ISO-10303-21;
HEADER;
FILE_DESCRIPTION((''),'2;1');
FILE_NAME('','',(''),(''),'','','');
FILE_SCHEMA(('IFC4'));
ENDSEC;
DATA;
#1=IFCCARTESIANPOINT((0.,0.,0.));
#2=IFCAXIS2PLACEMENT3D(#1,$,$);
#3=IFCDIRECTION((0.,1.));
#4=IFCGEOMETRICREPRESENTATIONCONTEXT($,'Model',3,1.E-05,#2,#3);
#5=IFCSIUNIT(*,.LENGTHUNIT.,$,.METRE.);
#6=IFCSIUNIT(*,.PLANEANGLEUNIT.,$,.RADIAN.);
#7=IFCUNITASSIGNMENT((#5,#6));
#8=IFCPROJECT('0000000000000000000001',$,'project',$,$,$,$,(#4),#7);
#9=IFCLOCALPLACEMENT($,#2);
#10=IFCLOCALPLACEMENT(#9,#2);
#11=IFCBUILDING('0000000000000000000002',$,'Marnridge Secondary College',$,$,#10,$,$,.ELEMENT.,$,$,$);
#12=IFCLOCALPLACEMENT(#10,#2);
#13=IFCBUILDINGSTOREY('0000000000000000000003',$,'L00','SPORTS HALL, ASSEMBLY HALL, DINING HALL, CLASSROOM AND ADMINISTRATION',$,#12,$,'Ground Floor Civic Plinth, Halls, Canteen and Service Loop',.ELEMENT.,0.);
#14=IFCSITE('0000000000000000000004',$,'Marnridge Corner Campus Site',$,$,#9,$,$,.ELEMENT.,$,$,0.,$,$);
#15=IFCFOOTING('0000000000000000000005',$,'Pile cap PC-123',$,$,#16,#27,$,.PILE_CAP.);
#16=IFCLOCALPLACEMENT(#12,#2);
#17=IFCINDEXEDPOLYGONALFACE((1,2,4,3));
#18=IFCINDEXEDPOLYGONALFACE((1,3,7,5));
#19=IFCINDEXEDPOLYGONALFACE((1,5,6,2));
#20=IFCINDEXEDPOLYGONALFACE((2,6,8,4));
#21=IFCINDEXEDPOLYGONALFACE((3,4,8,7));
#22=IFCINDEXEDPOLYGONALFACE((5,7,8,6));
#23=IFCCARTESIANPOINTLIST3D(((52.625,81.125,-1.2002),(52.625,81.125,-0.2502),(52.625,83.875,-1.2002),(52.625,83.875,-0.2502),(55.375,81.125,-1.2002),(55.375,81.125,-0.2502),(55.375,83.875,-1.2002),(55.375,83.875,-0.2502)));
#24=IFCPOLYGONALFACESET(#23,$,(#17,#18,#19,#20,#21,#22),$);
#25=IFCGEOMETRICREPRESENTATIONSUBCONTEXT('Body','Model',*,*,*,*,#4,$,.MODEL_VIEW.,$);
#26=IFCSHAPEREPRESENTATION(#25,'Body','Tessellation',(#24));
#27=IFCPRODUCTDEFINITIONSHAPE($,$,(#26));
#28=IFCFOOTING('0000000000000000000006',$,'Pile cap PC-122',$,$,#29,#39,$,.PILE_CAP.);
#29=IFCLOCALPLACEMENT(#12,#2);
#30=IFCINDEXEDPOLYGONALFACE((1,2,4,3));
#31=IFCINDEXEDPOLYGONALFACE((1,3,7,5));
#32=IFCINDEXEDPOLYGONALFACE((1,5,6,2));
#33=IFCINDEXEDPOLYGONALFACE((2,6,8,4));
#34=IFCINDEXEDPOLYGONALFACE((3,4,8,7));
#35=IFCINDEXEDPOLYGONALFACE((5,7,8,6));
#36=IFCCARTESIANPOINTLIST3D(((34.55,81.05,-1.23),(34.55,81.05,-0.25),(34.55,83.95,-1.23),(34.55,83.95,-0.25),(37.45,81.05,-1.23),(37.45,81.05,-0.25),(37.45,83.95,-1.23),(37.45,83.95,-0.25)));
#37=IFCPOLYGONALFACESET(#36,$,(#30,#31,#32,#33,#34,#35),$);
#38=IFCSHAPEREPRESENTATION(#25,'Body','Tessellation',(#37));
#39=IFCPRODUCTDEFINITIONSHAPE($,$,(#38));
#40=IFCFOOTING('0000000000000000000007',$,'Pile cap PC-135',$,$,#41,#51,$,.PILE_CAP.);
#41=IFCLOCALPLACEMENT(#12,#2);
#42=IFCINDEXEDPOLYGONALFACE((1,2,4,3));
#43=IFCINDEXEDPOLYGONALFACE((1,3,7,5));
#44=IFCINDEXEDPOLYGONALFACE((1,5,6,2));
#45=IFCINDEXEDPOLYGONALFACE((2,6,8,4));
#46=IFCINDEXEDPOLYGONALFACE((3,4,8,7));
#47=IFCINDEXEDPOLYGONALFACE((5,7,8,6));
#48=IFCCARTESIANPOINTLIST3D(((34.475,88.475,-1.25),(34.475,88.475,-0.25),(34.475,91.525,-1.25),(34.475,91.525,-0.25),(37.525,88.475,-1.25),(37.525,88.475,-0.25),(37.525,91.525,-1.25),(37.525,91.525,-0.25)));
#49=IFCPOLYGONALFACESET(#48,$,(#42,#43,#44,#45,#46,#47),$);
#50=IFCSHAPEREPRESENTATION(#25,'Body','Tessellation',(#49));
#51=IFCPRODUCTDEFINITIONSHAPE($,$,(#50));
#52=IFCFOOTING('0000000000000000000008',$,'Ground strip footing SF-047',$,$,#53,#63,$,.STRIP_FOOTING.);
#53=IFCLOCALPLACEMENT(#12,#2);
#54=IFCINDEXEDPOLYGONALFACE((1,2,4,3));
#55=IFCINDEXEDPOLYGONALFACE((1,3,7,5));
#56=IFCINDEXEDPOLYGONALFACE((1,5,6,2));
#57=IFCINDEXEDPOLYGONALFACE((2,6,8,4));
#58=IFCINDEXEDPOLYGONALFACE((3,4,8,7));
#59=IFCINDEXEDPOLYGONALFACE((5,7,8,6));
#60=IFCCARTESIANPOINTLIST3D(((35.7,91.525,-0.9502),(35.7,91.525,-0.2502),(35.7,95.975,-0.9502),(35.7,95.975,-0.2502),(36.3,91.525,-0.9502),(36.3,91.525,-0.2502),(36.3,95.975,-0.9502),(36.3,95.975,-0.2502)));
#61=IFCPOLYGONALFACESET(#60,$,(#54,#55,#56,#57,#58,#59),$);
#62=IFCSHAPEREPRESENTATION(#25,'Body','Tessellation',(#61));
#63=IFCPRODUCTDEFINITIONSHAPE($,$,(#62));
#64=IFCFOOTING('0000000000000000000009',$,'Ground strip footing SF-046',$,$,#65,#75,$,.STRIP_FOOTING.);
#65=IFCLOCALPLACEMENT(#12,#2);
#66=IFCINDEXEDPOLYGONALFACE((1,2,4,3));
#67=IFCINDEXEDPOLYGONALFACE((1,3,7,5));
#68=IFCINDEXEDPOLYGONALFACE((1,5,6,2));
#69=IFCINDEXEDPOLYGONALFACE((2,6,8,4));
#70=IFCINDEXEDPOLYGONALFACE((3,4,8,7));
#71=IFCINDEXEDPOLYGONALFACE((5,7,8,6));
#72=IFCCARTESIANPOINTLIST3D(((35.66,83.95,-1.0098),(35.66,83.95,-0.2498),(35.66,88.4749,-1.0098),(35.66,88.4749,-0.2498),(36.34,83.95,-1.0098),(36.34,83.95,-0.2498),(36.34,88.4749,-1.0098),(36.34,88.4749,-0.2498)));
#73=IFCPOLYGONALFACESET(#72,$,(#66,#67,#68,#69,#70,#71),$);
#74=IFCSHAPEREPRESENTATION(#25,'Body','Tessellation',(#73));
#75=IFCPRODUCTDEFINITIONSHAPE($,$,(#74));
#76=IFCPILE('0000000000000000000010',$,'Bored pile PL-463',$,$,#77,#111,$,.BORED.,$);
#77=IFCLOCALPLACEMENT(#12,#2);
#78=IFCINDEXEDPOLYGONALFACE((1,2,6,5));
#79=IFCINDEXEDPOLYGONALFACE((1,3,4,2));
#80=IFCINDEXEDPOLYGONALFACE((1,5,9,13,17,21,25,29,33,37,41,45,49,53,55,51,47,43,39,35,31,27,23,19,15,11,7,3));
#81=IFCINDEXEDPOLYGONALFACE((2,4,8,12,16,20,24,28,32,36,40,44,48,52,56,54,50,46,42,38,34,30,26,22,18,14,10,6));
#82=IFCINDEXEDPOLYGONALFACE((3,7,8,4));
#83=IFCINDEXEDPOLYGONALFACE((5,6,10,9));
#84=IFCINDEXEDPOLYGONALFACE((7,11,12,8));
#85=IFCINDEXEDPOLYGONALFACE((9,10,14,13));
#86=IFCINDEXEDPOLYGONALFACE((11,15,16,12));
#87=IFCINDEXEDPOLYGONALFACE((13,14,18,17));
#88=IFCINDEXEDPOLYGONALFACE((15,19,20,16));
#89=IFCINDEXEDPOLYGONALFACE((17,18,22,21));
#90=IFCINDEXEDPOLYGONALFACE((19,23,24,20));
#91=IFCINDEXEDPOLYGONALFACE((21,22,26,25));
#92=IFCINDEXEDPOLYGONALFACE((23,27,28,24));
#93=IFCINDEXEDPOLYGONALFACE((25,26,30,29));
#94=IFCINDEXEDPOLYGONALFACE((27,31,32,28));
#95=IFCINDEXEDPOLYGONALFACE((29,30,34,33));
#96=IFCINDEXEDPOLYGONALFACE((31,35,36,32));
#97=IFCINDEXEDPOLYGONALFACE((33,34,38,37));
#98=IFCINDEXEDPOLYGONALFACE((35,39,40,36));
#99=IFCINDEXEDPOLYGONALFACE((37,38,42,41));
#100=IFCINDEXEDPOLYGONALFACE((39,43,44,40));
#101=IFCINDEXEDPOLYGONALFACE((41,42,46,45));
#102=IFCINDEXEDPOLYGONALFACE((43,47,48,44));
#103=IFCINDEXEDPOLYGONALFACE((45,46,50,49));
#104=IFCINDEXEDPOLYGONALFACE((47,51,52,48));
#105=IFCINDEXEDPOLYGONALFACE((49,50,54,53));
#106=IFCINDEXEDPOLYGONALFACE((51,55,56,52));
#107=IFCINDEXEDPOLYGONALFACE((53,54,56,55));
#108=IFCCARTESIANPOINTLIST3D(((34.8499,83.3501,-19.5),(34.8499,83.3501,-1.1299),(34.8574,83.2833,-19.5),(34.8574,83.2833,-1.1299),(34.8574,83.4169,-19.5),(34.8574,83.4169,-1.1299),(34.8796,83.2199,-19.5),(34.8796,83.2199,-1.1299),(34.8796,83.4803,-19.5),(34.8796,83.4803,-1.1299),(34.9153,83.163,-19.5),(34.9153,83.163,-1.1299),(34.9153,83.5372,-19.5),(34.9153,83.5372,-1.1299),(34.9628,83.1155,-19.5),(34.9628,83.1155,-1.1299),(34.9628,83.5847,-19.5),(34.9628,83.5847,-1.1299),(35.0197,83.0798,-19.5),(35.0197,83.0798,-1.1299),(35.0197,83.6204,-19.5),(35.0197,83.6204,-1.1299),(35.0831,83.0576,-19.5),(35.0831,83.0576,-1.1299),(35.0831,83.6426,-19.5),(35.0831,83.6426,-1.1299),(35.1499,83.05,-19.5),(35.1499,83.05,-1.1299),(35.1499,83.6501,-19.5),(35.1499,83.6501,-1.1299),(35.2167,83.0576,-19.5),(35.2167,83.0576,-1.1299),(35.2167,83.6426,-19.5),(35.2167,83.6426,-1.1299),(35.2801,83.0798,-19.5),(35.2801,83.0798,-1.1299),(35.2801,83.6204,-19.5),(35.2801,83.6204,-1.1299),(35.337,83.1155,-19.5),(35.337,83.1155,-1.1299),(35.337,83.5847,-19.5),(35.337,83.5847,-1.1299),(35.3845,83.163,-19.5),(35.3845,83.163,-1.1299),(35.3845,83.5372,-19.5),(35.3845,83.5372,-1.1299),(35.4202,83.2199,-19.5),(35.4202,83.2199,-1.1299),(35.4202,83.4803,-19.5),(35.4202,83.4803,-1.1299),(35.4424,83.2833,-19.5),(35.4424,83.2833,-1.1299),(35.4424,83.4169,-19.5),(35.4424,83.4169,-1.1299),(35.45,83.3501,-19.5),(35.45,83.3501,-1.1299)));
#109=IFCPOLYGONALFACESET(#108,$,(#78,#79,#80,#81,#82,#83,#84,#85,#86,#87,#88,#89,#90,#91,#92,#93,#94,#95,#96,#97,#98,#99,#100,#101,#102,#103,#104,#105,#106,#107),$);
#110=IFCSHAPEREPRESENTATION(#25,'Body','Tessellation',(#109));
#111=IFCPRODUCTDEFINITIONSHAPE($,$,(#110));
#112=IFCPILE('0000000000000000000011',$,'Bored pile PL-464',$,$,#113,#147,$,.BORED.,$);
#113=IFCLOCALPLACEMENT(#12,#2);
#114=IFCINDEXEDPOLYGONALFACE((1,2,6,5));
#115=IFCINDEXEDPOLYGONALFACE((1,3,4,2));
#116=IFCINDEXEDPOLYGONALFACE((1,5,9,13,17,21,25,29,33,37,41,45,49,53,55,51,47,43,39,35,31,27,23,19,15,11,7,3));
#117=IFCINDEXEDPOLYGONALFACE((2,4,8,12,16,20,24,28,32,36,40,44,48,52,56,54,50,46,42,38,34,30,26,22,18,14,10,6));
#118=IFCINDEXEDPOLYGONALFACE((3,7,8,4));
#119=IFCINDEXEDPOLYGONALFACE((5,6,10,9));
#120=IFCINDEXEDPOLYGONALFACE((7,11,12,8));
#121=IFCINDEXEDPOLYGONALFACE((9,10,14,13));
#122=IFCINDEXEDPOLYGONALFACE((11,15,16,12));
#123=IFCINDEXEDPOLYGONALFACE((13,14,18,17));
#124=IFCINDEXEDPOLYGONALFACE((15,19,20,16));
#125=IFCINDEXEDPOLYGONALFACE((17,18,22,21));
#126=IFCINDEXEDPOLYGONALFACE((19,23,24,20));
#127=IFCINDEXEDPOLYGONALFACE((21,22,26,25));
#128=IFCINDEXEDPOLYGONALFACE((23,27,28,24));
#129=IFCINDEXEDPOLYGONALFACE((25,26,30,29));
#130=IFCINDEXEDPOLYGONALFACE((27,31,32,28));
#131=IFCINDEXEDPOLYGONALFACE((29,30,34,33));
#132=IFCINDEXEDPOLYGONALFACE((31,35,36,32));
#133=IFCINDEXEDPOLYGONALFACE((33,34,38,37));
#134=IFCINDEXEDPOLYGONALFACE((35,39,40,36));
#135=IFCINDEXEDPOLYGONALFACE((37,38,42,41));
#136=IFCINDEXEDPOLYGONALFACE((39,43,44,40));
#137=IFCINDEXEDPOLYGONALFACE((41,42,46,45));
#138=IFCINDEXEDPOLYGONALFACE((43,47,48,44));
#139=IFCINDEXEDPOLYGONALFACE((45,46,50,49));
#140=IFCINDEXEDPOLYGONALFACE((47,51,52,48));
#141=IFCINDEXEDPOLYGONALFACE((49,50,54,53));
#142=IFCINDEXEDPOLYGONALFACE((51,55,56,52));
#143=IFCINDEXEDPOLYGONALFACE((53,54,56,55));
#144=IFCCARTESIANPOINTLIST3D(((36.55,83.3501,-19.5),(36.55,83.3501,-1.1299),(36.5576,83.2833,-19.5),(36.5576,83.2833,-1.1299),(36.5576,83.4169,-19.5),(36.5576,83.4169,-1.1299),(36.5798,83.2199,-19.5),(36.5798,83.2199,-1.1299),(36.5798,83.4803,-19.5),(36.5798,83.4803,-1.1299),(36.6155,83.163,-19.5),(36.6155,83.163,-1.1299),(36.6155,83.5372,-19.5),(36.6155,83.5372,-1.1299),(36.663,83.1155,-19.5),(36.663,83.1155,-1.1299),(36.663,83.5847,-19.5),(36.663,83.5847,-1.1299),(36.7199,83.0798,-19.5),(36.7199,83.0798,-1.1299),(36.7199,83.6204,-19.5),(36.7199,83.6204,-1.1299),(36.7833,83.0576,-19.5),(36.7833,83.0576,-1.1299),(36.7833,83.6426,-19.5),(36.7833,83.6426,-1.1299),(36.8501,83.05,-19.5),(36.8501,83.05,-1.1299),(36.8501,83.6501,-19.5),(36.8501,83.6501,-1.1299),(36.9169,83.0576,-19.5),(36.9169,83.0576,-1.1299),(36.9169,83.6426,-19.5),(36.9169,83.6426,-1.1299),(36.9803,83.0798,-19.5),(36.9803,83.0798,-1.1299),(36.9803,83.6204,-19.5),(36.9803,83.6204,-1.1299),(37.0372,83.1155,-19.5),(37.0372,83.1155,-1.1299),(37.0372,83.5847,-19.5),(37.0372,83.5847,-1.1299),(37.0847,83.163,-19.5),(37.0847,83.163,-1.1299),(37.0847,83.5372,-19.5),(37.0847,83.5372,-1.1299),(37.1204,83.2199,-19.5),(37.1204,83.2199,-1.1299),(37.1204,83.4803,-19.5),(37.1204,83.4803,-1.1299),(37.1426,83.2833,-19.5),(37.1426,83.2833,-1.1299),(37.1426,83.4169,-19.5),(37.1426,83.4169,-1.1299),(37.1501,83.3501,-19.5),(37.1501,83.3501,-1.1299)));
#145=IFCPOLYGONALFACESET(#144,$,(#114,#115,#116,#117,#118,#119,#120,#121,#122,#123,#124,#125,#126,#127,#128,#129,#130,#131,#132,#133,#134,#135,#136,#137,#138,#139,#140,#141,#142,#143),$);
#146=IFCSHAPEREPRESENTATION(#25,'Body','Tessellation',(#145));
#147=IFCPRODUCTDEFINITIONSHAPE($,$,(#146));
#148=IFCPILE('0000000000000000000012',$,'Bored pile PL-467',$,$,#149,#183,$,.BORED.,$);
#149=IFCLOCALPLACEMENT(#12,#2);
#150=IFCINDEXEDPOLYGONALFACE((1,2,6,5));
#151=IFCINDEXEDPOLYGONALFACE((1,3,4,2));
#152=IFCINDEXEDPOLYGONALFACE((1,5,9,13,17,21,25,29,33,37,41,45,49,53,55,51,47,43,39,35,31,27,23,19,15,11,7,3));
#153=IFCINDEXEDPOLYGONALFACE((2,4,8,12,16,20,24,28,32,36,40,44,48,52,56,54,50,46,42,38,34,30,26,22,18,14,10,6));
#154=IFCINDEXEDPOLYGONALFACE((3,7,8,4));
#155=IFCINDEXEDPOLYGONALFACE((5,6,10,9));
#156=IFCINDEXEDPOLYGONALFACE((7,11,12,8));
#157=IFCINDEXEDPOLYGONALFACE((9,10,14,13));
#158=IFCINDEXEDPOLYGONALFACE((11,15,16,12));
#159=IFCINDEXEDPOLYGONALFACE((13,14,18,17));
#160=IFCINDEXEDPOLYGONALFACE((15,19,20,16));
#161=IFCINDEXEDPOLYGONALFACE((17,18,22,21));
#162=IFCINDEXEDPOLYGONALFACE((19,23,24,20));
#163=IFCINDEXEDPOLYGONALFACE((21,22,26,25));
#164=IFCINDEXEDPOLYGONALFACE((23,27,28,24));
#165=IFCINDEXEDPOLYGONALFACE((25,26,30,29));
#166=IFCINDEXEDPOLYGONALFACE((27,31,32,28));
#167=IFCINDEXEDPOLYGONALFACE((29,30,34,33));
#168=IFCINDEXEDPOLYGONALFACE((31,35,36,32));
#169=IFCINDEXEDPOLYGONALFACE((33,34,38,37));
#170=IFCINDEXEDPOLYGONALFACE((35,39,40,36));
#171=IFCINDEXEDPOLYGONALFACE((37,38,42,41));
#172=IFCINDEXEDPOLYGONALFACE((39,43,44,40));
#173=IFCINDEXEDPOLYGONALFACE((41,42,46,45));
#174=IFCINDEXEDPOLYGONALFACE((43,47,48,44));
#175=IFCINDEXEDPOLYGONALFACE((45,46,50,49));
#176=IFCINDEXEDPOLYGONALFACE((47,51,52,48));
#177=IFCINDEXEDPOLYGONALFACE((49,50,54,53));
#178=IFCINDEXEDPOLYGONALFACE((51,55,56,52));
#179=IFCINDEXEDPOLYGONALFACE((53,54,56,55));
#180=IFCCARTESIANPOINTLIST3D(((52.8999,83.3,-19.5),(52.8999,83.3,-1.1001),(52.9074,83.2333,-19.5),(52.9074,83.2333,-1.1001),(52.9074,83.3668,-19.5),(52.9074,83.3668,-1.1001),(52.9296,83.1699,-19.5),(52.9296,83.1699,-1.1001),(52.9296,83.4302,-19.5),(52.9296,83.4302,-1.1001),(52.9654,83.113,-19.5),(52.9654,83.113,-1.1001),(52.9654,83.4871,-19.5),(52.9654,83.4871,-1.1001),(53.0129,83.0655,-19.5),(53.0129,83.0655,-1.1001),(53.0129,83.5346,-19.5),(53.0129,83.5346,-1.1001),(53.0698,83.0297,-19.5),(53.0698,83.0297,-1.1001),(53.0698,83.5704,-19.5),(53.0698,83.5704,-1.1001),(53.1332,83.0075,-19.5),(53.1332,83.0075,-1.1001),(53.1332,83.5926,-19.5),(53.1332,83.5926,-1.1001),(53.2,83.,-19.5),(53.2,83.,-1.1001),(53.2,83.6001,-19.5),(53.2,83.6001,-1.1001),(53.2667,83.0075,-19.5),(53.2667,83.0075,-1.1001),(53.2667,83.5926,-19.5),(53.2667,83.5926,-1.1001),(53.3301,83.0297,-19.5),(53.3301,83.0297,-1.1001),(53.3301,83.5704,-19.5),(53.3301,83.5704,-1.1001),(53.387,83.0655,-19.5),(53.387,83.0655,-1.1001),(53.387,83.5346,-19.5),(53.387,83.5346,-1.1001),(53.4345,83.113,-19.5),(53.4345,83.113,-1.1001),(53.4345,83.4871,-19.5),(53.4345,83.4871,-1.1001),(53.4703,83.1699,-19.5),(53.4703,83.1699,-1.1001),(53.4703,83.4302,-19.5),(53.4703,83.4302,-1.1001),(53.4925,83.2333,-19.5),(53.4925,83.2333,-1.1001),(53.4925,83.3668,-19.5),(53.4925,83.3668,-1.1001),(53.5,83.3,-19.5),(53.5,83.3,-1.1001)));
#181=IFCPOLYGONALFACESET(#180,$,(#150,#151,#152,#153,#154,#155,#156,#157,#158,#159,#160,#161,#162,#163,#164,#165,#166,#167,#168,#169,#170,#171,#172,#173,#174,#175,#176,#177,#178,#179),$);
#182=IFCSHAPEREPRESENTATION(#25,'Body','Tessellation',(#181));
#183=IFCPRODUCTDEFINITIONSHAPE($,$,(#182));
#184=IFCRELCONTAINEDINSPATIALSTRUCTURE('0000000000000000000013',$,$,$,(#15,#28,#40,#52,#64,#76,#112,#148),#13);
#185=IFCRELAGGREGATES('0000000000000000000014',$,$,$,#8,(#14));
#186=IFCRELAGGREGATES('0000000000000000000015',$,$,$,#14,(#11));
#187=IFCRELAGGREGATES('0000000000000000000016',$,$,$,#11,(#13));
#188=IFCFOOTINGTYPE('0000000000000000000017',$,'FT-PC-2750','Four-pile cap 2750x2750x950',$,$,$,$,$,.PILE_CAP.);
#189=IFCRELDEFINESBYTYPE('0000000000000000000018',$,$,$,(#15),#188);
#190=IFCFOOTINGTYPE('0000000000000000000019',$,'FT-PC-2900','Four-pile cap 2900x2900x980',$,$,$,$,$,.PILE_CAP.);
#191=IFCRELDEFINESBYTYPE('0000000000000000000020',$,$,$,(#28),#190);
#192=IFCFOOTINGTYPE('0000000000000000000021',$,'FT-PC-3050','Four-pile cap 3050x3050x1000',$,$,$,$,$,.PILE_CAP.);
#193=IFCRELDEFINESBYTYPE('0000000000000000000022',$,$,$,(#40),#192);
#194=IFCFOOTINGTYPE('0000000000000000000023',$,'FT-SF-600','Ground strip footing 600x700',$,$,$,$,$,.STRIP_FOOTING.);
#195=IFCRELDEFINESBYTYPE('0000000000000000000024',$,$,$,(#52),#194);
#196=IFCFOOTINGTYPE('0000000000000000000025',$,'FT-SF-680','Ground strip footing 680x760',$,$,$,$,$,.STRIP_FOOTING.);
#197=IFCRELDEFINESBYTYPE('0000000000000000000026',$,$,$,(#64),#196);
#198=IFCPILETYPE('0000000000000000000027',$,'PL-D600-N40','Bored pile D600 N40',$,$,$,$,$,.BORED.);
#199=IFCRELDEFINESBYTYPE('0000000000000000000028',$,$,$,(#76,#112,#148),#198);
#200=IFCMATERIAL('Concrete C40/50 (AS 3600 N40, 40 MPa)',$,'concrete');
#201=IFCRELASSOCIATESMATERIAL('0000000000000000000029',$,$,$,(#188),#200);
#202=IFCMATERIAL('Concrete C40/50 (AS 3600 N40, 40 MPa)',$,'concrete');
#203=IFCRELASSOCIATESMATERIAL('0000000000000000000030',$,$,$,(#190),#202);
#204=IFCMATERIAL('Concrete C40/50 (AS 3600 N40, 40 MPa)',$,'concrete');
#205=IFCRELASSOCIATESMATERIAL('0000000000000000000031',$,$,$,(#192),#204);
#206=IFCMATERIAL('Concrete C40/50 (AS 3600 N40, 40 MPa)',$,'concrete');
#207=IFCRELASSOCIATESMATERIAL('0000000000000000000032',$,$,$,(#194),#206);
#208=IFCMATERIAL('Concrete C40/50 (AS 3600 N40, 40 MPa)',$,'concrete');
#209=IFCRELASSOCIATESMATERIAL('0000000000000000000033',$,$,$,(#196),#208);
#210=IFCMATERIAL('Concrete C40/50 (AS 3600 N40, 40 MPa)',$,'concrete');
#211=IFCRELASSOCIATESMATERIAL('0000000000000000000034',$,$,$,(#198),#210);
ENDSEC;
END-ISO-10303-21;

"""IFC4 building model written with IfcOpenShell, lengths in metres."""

from ifc_helpers import new_model, si_unit, direction, frame, origin, origin_2d, place, context, subcontext, project, spatial, rectangle, circle, extrude, material, material_profile, profile_set, type_object, element, save


model = new_model("IFC4")

# Units and contexts
model_context = context("Model", 3, precision=1e-05, world=origin(), true_north=direction((0.0, 1.0)))
body_context = subcontext(model_context, "Body", "Model", "MODEL_VIEW")
ifc_project = project(units=[si_unit("LENGTHUNIT", "METRE"), si_unit("PLANEANGLEUNIT", "RADIAN")], contexts=[model_context])

# Site, building, storey
site_placement = place(None, origin())
site = spatial("IfcSite", under=ifc_project, at=site_placement, Name="Marnridge Corner Campus Site", CompositionType="ELEMENT", RefElevation=0.0)
building_placement = place(site_placement, origin())
building = spatial("IfcBuilding", under=site, at=building_placement, Name="Marnridge Secondary College", CompositionType="ELEMENT")
storey_placement = place(building_placement, origin())
storey = spatial("IfcBuildingStorey", under=building, at=storey_placement, Name="L00", Description="SPORTS HALL, ASSEMBLY HALL, DINING HALL, CLASSROOM AND ADMINISTRATION", LongName="Ground Floor Civic Plinth, Halls, Canteen and Service Loop", CompositionType="ELEMENT", Elevation=0.0)

# Footings
ifc_material_1 = material(Name="Concrete C40/50 (AS 3600 N40, 40 MPa)", Category="concrete")
footing_type_1 = type_object("IfcFootingType", Name="FT-PC-2750", Description="Four-pile cap 2750x2750x950", PredefinedType="PILE_CAP", material=ifc_material_1)
footing_1_placement = place(storey_placement, frame((54.0, 82.5, -1.2002), z_axis=(0.0, 0.0, 1.0), x_axis=(1.0, 0.0, 0.0)))
element("IfcFooting", 1, at=footing_1_placement, inside=storey, type_object=footing_type_1, Name="Pile cap PC-123", PredefinedType="PILE_CAP", context=body_context, shape_type="SweptSolid", body=[
    extrude(rectangle(XDim=2.75, YDim=2.75, at=origin_2d()), origin(), (0.0, 0.0, 1.0), 0.95),
])
ifc_material_2 = material(Name="Concrete C40/50 (AS 3600 N40, 40 MPa)", Category="concrete")
footing_type_2 = type_object("IfcFootingType", Name="FT-PC-2900", Description="Four-pile cap 2900x2900x980", PredefinedType="PILE_CAP", material=ifc_material_2)
footing_2_placement = place(storey_placement, frame((36.0, 82.5, -1.23), z_axis=(0.0, 0.0, 1.0), x_axis=(1.0, 0.0, 0.0)))
element("IfcFooting", 2, at=footing_2_placement, inside=storey, type_object=footing_type_2, Name="Pile cap PC-122", PredefinedType="PILE_CAP", context=body_context, shape_type="SweptSolid", body=[
    extrude(rectangle(XDim=2.8999, YDim=2.8999, at=origin_2d()), origin(), (0.0, 0.0, 1.0), 0.98),
])
ifc_material_3 = material(Name="Concrete C40/50 (AS 3600 N40, 40 MPa)", Category="concrete")
footing_type_3 = type_object("IfcFootingType", Name="FT-PC-3050", Description="Four-pile cap 3050x3050x1000", PredefinedType="PILE_CAP", material=ifc_material_3)
footing_3_placement = place(storey_placement, frame((36.0, 90.0, -1.25), z_axis=(0.0, 0.0, 1.0), x_axis=(1.0, 0.0, 0.0)))
element("IfcFooting", 3, at=footing_3_placement, inside=storey, type_object=footing_type_3, Name="Pile cap PC-135", PredefinedType="PILE_CAP", context=body_context, shape_type="SweptSolid", body=[
    extrude(rectangle(XDim=3.05, YDim=3.05, at=origin_2d()), origin(), (0.0, 0.0, 1.0), 1.0),
])
ifc_material_4 = material(Name="Concrete C40/50 (AS 3600 N40, 40 MPa)", Category="concrete")
footing_type_4 = type_object("IfcFootingType", Name="FT-SF-600", Description="Ground strip footing 600x700", PredefinedType="STRIP_FOOTING", material=ifc_material_4)
footing_4_placement = place(storey_placement, frame((36.0, 93.75, -0.9502), z_axis=(0.0, 0.0, 1.0), x_axis=(1.0, 0.0, 0.0)))
element("IfcFooting", 4, at=footing_4_placement, inside=storey, type_object=footing_type_4, Name="Ground strip footing SF-047", PredefinedType="STRIP_FOOTING", context=body_context, shape_type="SweptSolid", body=[
    extrude(rectangle(XDim=0.6001, YDim=4.45, at=origin_2d()), origin(), (0.0, 0.0, 1.0), 0.7),
])
ifc_material_5 = material(Name="Concrete C40/50 (AS 3600 N40, 40 MPa)", Category="concrete")
footing_type_5 = type_object("IfcFootingType", Name="FT-SF-680", Description="Ground strip footing 680x760", PredefinedType="STRIP_FOOTING", material=ifc_material_5)
footing_5_placement = place(storey_placement, frame((36.0, 86.2124, -1.0098), z_axis=(0.0, 0.0, 1.0), x_axis=(1.0, 0.0, 0.0)))
element("IfcFooting", 5, at=footing_5_placement, inside=storey, type_object=footing_type_5, Name="Ground strip footing SF-046", PredefinedType="STRIP_FOOTING", context=body_context, shape_type="SweptSolid", body=[
    extrude(rectangle(XDim=0.6799, YDim=4.5249, at=origin_2d()), origin(), (0.0, 0.0, 1.0), 0.76),
])

# Piles
ifc_material_6 = material(Name="Concrete C40/50 (AS 3600 N40, 40 MPa)", Category="concrete")
ifc_material_profile_1 = material_profile(ifc_material_6, circle(Radius=0.3, at=origin_2d()), Name="PILE D600")
ifc_profile_set_1 = profile_set([ifc_material_profile_1], Name="Concrete C40/50 (AS 3600 N40, 40 MPa)")
pile_type_1 = type_object("IfcPileType", Name="PL-D600-N40", Description="Bored pile D600 N40", PredefinedType="BORED", material=ifc_profile_set_1)
for number, where, z_axis, x_axis, name in (
    (6, (35.1499, 83.3501, -1.1299), (0.0, 0.0, -1.0), (1.0, 0.0, 0.0), "Bored pile PL-463"),
    (7, (36.8501, 83.3501, -1.1299), (0.0, 0.0, -1.0), (1.0, 0.0, 0.0), "Bored pile PL-464"),
):
    element("IfcPile", number, at=place(storey_placement, frame(where, z_axis=z_axis, x_axis=x_axis)), inside=storey, type_object=pile_type_1, Name=name, PredefinedType="BORED", context=body_context, shape_type="SweptSolid", body=[
        extrude(circle(Radius=0.3, at=origin_2d()), origin(), (0.0, 0.0, 1.0), 18.3701),
    ])
pile_placement = place(storey_placement, frame((53.2, 83.3, -1.1001), z_axis=(0.0, 0.0, -1.0), x_axis=(1.0, 0.0, 0.0)))
element("IfcPile", 8, at=pile_placement, inside=storey, type_object=pile_type_1, Name="Bored pile PL-467", PredefinedType="BORED", context=body_context, shape_type="SweptSolid", body=[
    extrude(circle(Radius=0.3, at=origin_2d()), origin(), (0.0, 0.0, 1.0), 18.3999),
])

save(model, "model.ifc")
